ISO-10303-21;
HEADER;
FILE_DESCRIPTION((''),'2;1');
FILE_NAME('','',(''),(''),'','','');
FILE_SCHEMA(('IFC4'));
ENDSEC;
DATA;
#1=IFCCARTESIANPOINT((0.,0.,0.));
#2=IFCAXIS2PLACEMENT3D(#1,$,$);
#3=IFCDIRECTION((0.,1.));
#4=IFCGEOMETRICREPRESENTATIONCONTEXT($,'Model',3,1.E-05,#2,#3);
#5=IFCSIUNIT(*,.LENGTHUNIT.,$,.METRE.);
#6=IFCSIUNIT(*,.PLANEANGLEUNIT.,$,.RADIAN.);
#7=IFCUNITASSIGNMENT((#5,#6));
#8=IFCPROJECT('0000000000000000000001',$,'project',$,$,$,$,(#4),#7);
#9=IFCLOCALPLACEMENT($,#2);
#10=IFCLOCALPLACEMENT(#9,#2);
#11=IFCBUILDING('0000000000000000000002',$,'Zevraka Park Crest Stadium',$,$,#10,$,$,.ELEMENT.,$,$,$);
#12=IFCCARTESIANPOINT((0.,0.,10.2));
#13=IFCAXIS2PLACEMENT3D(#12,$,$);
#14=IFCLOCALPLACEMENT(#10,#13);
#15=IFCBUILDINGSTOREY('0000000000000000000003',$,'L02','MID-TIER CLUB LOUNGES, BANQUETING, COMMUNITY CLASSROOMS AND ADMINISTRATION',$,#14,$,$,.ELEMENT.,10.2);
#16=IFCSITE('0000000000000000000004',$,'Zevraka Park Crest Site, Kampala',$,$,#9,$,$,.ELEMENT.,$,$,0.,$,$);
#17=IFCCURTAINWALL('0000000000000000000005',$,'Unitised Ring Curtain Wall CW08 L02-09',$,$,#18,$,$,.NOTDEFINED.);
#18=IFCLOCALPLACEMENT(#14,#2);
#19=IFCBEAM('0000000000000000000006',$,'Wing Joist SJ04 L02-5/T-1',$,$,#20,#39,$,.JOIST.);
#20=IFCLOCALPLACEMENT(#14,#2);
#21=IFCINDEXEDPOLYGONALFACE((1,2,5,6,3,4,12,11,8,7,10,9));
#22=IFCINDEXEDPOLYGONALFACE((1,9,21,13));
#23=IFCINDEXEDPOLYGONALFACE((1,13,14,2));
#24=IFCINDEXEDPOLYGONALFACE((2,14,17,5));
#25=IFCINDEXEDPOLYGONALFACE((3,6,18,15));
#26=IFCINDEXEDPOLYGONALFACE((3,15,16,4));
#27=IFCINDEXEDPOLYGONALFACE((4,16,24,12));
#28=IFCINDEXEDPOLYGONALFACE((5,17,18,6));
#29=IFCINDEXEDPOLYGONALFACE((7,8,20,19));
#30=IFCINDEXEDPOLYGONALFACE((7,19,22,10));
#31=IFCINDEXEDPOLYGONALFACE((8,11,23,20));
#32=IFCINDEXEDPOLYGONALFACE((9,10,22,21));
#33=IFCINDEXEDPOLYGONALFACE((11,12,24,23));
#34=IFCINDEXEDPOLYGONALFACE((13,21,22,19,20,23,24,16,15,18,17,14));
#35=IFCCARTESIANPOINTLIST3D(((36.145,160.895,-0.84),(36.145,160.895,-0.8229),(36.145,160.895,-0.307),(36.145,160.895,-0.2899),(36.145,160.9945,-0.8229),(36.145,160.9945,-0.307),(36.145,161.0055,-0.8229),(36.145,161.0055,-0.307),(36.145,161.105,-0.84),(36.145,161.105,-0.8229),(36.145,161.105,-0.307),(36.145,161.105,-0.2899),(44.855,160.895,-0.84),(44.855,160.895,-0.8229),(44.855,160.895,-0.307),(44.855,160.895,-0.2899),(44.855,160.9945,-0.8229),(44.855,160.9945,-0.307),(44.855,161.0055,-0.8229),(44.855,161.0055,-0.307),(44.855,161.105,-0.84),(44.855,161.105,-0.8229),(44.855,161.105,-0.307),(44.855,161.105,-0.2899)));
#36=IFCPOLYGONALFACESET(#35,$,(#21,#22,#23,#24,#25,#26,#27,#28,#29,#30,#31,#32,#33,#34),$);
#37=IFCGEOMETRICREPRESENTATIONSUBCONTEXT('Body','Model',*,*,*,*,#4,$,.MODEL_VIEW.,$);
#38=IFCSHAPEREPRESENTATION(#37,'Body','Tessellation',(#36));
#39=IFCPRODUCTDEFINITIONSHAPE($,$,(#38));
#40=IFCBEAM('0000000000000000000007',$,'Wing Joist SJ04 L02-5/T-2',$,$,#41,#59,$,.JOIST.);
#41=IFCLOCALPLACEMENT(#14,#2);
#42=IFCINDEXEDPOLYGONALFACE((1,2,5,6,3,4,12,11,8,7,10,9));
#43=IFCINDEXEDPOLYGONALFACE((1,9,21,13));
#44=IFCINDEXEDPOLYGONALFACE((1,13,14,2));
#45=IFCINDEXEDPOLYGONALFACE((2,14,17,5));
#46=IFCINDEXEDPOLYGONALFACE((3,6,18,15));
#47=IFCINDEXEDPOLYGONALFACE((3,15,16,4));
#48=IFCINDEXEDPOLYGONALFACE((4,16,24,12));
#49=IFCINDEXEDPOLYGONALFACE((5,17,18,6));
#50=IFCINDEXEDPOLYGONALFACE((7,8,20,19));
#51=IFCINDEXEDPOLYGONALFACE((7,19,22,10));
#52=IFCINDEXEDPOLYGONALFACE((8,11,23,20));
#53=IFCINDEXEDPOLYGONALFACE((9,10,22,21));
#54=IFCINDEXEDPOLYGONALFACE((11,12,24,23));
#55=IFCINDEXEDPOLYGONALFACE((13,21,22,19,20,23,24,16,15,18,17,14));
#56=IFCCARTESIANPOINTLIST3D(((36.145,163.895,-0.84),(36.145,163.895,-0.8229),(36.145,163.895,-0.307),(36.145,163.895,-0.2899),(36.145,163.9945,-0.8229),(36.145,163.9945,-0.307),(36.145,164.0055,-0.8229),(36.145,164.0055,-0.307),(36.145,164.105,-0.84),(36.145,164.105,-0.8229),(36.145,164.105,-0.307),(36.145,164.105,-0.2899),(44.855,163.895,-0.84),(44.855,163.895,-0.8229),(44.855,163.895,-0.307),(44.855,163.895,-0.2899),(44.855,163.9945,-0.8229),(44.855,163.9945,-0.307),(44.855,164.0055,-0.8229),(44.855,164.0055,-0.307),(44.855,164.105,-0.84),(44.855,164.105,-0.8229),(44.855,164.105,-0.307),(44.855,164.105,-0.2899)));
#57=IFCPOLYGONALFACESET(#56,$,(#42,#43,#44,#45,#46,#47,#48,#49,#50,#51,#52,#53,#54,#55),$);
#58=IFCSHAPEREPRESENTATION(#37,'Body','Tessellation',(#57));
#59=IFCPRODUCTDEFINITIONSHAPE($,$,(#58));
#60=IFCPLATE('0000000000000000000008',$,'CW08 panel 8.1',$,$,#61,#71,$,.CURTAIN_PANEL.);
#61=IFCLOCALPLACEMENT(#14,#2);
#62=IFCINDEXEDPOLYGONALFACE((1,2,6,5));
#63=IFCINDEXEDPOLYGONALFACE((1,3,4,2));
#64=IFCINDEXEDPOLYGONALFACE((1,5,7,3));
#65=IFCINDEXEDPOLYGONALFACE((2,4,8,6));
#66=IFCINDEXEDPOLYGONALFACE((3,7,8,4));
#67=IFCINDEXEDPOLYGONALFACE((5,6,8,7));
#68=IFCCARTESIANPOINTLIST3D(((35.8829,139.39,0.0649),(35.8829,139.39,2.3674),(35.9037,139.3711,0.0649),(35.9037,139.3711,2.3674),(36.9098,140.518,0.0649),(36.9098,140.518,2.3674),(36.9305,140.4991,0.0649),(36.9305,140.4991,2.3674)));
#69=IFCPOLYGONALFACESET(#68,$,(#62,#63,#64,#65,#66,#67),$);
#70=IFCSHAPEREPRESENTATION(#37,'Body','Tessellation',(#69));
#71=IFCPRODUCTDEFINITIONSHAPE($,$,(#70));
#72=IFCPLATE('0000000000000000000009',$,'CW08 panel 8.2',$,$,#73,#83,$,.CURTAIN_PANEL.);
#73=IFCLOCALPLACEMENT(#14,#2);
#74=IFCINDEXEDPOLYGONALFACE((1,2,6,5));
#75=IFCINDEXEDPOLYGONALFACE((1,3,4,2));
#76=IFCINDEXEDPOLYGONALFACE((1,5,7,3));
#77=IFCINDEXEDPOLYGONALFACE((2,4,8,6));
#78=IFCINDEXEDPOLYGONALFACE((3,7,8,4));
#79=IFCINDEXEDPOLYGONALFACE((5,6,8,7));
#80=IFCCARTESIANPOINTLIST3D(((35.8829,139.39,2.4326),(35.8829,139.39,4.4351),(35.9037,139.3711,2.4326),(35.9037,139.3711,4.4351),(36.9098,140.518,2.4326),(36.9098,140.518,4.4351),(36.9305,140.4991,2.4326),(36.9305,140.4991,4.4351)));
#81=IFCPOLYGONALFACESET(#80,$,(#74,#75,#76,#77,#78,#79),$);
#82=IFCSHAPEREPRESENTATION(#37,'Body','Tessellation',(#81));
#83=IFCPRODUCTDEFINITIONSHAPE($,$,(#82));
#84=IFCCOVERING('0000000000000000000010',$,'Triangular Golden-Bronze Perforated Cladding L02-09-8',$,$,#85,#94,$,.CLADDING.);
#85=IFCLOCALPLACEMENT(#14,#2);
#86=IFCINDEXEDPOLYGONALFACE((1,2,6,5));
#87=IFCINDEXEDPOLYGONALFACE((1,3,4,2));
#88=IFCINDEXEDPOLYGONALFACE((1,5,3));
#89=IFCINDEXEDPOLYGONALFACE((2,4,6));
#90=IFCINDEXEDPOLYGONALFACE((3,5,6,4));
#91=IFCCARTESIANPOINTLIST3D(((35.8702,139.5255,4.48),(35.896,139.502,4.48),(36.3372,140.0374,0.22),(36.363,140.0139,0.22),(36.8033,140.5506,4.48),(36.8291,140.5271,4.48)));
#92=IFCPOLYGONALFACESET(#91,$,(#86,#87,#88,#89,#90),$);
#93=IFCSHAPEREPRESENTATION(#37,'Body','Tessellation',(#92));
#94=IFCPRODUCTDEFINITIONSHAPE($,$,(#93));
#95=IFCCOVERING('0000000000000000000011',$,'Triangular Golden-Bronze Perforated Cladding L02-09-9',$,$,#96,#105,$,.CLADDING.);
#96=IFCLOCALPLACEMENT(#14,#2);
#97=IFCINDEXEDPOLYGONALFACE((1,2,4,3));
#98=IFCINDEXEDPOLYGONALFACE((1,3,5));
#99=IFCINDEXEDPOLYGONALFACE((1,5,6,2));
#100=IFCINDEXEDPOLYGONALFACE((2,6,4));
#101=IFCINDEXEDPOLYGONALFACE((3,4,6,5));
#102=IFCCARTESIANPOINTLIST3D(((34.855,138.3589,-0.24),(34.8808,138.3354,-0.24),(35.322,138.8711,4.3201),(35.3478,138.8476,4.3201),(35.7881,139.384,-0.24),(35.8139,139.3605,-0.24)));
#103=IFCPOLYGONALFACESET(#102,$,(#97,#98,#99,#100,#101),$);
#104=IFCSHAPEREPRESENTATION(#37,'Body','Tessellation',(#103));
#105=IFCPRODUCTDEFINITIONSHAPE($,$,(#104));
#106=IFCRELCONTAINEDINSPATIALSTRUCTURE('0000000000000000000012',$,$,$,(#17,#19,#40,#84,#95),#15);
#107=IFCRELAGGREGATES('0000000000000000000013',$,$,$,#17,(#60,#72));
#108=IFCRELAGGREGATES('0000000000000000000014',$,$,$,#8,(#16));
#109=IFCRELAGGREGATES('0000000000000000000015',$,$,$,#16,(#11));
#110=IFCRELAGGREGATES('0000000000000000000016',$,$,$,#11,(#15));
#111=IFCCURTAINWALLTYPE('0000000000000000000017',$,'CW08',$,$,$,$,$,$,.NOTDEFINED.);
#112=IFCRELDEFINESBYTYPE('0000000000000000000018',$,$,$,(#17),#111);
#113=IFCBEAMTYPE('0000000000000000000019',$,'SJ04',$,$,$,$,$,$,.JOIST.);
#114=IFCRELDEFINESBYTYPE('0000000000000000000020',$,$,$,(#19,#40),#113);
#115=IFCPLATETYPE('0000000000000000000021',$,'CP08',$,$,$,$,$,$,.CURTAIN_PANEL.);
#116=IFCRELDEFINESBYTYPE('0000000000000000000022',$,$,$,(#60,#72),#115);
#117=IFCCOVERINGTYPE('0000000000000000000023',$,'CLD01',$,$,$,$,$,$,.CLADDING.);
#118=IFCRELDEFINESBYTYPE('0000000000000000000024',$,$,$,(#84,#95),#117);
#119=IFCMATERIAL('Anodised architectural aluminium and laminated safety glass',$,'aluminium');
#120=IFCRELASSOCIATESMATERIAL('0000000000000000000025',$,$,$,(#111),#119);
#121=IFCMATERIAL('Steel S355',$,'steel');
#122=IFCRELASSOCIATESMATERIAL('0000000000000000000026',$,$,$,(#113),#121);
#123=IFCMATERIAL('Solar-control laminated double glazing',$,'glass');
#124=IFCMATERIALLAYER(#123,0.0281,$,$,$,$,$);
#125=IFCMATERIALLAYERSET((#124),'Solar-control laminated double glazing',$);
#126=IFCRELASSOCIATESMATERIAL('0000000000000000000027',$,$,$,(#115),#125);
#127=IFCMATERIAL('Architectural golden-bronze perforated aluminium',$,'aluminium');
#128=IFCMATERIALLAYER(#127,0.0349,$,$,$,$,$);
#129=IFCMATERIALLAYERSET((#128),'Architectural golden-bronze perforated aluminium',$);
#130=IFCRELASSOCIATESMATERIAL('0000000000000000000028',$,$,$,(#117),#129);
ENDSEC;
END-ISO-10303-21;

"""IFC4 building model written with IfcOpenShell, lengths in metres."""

from ifc_helpers import new_model, si_unit, direction, frame, origin, origin_2d, place, context, subcontext, project, spatial, polyline, rectangle, i_section, outline, extrude, material, layer, layer_set, material_profile, profile_set, type_object, element, aggregate, save


model = new_model("IFC4")

# Units and contexts
model_context = context("Model", 3, precision=1e-05, world=origin(), true_north=direction((0.0, 1.0)))
body_context = subcontext(model_context, "Body", "Model", "MODEL_VIEW")
ifc_project = project(units=[si_unit("LENGTHUNIT", "METRE"), si_unit("PLANEANGLEUNIT", "RADIAN")], contexts=[model_context])

# Site, building, storey
site_placement = place(None, origin())
site = spatial("IfcSite", under=ifc_project, at=site_placement, Name="Zevraka Park Crest Site, Kampala", CompositionType="ELEMENT", RefElevation=0.0)
building_placement = place(site_placement, origin())
building = spatial("IfcBuilding", under=site, at=building_placement, Name="Zevraka Park Crest Stadium", CompositionType="ELEMENT")
storey_placement = place(building_placement, frame((0.0, 0.0, 10.2)))
storey = spatial("IfcBuildingStorey", under=building, at=storey_placement, Name="L02", Description="MID-TIER CLUB LOUNGES, BANQUETING, COMMUNITY CLASSROOMS AND ADMINISTRATION", CompositionType="ELEMENT", Elevation=10.2)

# Curtain wall
ifc_material_1 = material(Name="Anodised architectural aluminium and laminated safety glass", Category="aluminium")
curtain_wall_type = type_object("IfcCurtainWallType", Name="CW08", PredefinedType="NOTDEFINED", material=ifc_material_1)
curtain_wall_placement = place(storey_placement, origin())
curtain_wall = element("IfcCurtainWall", 1, at=curtain_wall_placement, inside=storey, type_object=curtain_wall_type, Name="Unitised Ring Curtain Wall CW08 L02-09", PredefinedType="NOTDEFINED")

# Beams
ifc_material_2 = material(Name="Steel S355", Category="steel")
ifc_material_profile_1 = material_profile(ifc_material_2, i_section(OverallWidth=0.21, OverallDepth=0.55, WebThickness=0.011, FlangeThickness=0.0171, at=origin_2d()), Name="IPE 550")
ifc_profile_set_1 = profile_set([ifc_material_profile_1], Name="Steel S355")
beam_type_1 = type_object("IfcBeamType", Name="SJ04", PredefinedType="JOIST", material=ifc_profile_set_1)
for number, where, z_axis, x_axis, name in (
    (2, (36.145, 161.0, -0.5649), (1.0, 0.0, 0.0), (0.0, 1.0, 0.0), "Wing Joist SJ04 L02-5/T-1"),
    (3, (36.145, 164.0, -0.5649), (1.0, 0.0, 0.0), (0.0, 1.0, 0.0), "Wing Joist SJ04 L02-5/T-2"),
):
    element("IfcBeam", number, at=place(storey_placement, frame(where, z_axis=z_axis, x_axis=x_axis)), inside=storey, type_object=beam_type_1, Name=name, PredefinedType="JOIST", context=body_context, shape_type="SweptSolid", body=[
        extrude(i_section(OverallWidth=0.21, OverallDepth=0.55, WebThickness=0.011, FlangeThickness=0.0171, at=origin_2d()), origin(), (0.0, 0.0, 1.0), 8.71),
    ])

# Plates
ifc_material_3 = material(Name="Solar-control laminated double glazing", Category="glass")
ifc_layer_1 = layer(ifc_material_3, 0.0281)
ifc_layer_set_1 = layer_set([ifc_layer_1], Name="Solar-control laminated double glazing")
plate_type = type_object("IfcPlateType", Name="CP08", PredefinedType="CURTAIN_PANEL", material=ifc_layer_set_1)
plate_1_placement = place(storey_placement, frame((36.4067, 139.9446, 0.0649), z_axis=(0.0, 0.0, 1.0), x_axis=(-0.67316, -0.739497, 0.0)))
plate_1 = element("IfcPlate", 4, at=plate_1_placement, type_object=plate_type, Name="CW08 panel 8.1", PredefinedType="CURTAIN_PANEL", context=body_context, shape_type="SweptSolid", body=[
    extrude(rectangle(XDim=1.5254, YDim=0.0281, at=origin_2d()), origin(), (0.0, 0.0, 1.0), 2.3025),
])
plate_2_placement = place(storey_placement, frame((36.4067, 139.9446, 2.4326), z_axis=(0.0, 0.0, 1.0), x_axis=(-0.67316, -0.739497, 0.0)))
plate_2 = element("IfcPlate", 5, at=plate_2_placement, type_object=plate_type, Name="CW08 panel 8.2", PredefinedType="CURTAIN_PANEL", context=body_context, shape_type="SweptSolid", body=[
    extrude(rectangle(XDim=1.5254, YDim=0.0281, at=origin_2d()), origin(), (0.0, 0.0, 1.0), 2.0024),
])
aggregate(curtain_wall, [plate_1, plate_2])

# Coverings
ifc_material_4 = material(Name="Architectural golden-bronze perforated aluminium", Category="aluminium")
ifc_layer_2 = layer(ifc_material_4, 0.0349)
ifc_layer_set_2 = layer_set([ifc_layer_2], Name="Architectural golden-bronze perforated aluminium")
covering_type = type_object("IfcCoveringType", Name="CLD01", PredefinedType="CLADDING", material=ifc_layer_set_2)
covering_1_placement = place(storey_placement, frame((35.896, 139.502, 4.48), z_axis=(0.739526, -0.673128, 0.000181), x_axis=(0.673129, 0.739526, 0.0)))
element("IfcCovering", 6, at=covering_1_placement, inside=storey, type_object=covering_type, Name="Triangular Golden-Bronze Perforated Cladding L02-09-8", PredefinedType="CLADDING", context=body_context, shape_type="SweptSolid", body=[
    extrude(outline(polyline([(0.0, 0.0), (1.3862, 0.0), (0.693, -4.26), (0.0, 0.0)])), origin(), (0.0, 0.0, -1.0), 0.0349),
])
covering_2_placement = place(storey_placement, frame((35.7881, 139.384, -0.24), z_axis=(-0.739526, 0.673128, 0.000133), x_axis=(-0.673129, -0.739526, 0.0)))
element("IfcCovering", 7, at=covering_2_placement, inside=storey, type_object=covering_type, Name="Triangular Golden-Bronze Perforated Cladding L02-09-9", PredefinedType="CLADDING", context=body_context, shape_type="SweptSolid", body=[
    extrude(outline(polyline([(0.0, 0.0), (1.3862, 0.0), (0.6931, 4.5601), (0.0, 0.0)])), origin(), (0.0, 0.0, -1.0), 0.0349),
])

save(model, "model.ifc")
